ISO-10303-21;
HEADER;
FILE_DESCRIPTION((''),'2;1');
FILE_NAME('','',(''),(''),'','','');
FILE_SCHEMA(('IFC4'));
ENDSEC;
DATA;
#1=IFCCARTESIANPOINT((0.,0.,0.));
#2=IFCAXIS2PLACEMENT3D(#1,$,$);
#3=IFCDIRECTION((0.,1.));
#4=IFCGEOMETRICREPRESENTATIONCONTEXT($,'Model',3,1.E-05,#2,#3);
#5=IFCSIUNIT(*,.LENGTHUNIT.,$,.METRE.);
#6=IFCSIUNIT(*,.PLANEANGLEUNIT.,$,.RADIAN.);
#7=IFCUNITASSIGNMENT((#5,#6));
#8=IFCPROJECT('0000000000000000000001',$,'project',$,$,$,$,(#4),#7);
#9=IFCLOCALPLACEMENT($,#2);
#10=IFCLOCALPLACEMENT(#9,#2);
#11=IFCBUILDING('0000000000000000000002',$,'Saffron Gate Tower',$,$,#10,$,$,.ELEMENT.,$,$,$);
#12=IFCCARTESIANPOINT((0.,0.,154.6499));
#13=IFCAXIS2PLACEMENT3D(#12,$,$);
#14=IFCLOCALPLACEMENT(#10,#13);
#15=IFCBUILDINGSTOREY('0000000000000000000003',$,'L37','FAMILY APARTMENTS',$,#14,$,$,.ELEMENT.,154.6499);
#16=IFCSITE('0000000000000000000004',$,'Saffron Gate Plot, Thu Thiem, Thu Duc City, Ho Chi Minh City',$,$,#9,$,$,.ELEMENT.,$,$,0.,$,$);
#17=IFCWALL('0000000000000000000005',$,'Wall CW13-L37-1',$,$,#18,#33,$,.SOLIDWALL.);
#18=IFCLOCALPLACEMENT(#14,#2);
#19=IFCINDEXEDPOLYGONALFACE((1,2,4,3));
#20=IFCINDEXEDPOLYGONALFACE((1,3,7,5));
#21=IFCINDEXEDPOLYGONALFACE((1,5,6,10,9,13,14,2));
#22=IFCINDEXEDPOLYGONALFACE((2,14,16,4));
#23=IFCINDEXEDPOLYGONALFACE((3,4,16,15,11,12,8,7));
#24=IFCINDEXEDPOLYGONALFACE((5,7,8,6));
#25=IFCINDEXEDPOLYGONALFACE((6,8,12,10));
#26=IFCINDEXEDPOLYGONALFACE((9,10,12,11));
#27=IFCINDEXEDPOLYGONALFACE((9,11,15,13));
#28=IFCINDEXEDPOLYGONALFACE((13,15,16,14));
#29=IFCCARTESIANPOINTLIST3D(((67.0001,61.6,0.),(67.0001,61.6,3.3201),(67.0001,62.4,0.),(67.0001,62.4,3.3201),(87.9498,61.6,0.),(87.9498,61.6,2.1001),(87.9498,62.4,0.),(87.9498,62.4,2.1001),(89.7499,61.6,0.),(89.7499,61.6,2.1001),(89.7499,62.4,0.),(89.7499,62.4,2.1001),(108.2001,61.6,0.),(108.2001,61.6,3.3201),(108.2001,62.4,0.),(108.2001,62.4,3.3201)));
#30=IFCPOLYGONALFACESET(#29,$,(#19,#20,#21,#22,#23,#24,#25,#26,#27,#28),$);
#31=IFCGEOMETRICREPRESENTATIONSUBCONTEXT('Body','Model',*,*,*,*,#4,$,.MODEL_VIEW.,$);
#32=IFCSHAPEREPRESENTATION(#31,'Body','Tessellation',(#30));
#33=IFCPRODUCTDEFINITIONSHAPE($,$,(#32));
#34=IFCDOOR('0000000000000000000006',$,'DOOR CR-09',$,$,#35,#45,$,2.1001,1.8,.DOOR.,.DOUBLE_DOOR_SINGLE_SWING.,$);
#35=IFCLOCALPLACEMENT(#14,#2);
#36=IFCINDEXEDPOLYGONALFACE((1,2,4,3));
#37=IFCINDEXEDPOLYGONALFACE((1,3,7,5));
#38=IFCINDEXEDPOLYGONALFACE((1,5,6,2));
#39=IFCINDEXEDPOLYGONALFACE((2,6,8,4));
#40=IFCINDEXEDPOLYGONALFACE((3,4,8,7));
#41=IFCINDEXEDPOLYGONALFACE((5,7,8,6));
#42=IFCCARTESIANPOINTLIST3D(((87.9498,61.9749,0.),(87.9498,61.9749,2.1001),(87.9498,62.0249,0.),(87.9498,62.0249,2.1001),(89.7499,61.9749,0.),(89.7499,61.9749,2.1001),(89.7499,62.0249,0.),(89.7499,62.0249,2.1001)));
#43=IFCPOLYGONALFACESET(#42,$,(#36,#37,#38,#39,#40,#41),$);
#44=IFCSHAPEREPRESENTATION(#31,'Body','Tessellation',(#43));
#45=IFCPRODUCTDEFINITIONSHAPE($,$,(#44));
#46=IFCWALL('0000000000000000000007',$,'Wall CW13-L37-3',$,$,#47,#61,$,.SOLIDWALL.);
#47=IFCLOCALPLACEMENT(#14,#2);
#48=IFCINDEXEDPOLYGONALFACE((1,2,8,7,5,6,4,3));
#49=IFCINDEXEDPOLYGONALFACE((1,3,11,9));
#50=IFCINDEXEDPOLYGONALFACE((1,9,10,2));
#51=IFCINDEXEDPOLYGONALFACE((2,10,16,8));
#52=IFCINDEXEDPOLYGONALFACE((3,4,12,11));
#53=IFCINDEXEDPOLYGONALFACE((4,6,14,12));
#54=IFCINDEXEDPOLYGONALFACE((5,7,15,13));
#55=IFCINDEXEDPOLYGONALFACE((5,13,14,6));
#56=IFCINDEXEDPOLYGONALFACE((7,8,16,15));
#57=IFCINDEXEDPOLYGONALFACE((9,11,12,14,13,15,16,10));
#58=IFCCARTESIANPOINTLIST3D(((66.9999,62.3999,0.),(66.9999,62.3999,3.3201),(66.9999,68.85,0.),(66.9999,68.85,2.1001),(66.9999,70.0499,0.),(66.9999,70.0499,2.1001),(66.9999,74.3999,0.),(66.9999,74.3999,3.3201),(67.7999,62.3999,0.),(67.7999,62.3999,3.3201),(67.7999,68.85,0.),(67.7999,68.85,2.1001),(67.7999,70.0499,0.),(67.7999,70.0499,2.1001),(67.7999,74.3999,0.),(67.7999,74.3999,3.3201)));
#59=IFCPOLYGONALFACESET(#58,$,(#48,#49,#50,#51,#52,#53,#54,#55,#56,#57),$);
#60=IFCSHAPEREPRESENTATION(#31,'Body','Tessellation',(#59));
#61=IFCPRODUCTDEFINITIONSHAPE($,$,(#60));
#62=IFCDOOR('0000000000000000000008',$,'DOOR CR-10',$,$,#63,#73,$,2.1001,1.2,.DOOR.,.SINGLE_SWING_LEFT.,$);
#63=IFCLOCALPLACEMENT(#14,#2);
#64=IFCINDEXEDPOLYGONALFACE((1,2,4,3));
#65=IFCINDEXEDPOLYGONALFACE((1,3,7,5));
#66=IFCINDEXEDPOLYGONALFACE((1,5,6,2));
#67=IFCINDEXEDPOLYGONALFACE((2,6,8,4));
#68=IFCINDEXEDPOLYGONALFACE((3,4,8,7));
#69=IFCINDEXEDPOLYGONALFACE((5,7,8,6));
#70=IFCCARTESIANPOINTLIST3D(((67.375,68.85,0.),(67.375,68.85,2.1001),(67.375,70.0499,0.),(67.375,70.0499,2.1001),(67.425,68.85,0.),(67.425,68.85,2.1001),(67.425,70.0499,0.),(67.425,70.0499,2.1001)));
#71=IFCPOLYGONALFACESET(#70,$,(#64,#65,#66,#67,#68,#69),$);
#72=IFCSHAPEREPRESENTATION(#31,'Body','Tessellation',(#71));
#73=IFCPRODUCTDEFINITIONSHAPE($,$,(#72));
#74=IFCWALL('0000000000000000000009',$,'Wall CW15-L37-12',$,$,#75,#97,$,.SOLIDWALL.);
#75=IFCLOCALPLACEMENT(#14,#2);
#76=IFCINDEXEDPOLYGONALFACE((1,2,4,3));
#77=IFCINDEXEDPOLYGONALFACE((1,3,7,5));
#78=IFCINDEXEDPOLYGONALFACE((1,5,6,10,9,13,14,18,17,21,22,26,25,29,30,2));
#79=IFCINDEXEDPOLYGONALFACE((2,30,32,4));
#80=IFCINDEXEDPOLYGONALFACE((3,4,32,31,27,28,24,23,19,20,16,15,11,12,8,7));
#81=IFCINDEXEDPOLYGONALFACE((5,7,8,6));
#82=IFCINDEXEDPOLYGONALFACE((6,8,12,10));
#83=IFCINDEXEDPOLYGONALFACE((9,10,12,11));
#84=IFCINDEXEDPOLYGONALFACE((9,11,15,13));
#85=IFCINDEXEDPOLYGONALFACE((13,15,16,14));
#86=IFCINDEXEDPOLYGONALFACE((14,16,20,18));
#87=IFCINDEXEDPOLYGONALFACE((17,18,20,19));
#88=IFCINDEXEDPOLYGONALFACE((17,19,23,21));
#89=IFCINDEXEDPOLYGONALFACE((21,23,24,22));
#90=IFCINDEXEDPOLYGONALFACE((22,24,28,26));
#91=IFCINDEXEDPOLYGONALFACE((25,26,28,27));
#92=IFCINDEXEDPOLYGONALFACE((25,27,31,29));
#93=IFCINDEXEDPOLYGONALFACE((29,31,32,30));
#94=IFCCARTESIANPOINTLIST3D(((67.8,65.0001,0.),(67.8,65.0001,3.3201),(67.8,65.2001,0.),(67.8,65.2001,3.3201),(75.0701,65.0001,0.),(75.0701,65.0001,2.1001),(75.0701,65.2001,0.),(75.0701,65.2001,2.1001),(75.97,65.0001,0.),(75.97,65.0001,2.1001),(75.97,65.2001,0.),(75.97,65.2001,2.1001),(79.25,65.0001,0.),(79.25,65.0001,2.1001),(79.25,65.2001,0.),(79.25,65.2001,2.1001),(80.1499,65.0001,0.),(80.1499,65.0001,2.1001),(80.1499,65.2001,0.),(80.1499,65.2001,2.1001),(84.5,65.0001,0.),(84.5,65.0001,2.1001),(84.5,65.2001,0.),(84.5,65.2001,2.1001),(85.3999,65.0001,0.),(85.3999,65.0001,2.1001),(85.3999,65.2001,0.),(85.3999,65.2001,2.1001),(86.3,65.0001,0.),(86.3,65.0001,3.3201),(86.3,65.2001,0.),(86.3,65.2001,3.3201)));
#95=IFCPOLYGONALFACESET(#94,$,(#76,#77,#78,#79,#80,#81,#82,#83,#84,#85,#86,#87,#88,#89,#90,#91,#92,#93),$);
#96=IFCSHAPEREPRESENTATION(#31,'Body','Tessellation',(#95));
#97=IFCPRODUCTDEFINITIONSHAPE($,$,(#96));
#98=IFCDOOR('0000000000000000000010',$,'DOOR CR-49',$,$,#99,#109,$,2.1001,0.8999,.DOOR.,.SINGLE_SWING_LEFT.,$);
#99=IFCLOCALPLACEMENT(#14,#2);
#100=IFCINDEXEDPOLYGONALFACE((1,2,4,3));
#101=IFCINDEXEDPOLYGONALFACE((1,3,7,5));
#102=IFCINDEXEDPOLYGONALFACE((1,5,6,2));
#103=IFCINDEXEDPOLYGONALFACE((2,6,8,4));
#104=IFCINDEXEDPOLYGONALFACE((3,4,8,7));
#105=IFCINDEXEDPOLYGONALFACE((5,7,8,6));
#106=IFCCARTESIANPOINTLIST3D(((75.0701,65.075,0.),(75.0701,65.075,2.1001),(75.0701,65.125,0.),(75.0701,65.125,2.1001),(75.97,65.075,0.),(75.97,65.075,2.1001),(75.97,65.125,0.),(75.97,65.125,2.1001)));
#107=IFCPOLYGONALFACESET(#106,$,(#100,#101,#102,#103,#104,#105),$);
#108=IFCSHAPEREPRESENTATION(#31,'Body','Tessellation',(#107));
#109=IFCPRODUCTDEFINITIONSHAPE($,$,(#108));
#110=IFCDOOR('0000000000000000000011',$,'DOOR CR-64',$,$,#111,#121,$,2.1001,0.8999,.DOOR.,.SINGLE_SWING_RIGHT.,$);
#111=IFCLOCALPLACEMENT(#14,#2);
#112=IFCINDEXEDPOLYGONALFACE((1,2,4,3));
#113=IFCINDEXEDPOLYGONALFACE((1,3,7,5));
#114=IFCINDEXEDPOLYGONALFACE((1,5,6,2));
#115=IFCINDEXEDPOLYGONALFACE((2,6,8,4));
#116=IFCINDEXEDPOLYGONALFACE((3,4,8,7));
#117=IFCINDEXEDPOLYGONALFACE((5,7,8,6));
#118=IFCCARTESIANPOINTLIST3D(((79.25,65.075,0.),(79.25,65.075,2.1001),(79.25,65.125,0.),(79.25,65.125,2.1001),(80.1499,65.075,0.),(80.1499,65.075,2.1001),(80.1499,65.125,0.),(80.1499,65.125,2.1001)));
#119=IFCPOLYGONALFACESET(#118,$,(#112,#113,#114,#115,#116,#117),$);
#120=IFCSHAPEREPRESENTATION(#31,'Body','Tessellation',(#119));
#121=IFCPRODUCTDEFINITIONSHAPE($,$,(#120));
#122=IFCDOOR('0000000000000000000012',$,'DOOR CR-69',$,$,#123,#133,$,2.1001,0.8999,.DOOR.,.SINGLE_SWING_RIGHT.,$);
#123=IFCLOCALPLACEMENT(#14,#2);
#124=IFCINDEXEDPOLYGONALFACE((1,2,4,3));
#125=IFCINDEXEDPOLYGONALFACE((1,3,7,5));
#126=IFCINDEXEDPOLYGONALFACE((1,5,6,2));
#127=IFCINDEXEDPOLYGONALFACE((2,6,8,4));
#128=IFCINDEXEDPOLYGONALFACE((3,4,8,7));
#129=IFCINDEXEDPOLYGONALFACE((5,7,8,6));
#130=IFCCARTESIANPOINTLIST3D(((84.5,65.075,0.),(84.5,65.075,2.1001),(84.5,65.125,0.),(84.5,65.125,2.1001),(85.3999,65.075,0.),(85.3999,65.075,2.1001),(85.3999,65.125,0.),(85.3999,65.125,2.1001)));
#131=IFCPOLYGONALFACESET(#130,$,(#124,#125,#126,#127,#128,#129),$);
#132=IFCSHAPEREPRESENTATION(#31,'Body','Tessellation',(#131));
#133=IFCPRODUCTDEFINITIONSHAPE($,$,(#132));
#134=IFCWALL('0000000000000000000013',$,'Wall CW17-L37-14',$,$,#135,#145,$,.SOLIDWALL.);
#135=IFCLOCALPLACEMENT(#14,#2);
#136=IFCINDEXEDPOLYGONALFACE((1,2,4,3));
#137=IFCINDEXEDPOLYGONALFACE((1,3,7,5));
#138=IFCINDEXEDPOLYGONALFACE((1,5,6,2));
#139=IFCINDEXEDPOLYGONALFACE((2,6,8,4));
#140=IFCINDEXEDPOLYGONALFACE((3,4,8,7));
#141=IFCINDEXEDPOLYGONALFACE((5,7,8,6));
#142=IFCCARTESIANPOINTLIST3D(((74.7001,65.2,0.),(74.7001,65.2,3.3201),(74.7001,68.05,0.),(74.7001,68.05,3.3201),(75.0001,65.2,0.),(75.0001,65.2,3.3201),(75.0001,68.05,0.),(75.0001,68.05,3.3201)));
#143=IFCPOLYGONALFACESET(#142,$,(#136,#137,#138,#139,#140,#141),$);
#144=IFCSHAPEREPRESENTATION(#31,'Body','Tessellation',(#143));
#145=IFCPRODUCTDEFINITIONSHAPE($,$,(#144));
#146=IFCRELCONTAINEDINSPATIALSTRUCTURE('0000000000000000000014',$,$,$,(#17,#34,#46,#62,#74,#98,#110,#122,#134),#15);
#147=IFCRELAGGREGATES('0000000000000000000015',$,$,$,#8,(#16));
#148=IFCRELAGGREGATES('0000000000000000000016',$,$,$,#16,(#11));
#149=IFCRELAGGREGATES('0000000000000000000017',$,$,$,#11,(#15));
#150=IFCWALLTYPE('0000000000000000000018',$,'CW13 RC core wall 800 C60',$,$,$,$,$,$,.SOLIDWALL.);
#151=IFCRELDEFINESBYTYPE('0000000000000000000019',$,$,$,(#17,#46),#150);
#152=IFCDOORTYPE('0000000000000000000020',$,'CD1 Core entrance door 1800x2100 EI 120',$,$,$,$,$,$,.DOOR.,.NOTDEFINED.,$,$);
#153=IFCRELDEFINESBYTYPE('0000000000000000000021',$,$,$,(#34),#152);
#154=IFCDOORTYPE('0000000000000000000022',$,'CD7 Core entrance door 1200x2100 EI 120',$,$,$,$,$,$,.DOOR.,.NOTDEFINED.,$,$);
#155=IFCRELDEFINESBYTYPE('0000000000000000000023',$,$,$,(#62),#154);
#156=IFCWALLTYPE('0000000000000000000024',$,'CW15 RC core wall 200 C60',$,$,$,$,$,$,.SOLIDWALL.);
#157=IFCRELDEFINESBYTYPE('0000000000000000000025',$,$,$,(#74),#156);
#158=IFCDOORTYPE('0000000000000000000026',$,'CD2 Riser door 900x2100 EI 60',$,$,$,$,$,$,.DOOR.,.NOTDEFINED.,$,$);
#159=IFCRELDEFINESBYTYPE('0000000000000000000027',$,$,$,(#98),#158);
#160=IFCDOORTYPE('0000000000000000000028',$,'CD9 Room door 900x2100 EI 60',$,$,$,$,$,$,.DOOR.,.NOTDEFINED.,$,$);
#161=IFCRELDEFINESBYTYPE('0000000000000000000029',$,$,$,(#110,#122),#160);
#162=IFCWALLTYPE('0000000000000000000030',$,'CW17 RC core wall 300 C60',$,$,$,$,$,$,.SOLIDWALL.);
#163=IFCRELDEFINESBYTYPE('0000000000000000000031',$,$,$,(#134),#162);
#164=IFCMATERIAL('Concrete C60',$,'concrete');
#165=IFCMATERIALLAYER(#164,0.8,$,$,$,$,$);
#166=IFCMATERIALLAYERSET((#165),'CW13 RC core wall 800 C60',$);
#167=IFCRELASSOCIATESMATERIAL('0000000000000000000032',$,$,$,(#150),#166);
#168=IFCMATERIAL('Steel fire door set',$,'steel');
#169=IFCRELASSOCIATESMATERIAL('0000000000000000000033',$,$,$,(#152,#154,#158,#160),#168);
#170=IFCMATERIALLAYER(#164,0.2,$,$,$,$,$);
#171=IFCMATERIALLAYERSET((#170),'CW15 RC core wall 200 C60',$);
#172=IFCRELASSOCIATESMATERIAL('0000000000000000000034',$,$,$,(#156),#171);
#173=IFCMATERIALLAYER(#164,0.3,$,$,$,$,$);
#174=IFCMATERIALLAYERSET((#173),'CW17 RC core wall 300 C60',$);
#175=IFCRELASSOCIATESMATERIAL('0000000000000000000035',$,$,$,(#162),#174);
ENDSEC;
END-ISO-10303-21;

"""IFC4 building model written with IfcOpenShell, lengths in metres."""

from ifc_helpers import new_model, si_unit, direction, frame, frame_2d, origin, place, context, subcontext, project, spatial, rectangle, extrude, material, layer, layer_set, type_object, element, fill, save


model = new_model("IFC4")

# Units and contexts
model_context = context("Model", 3, precision=1e-05, world=origin(), true_north=direction((0.0, 1.0)))
body_context = subcontext(model_context, "Body", "Model", "MODEL_VIEW")
ifc_project = project(units=[si_unit("LENGTHUNIT", "METRE"), si_unit("PLANEANGLEUNIT", "RADIAN")], contexts=[model_context])

# Site, building, storey
site_placement = place(None, origin())
site = spatial("IfcSite", under=ifc_project, at=site_placement, Name="Saffron Gate Plot, Thu Thiem, Thu Duc City, Ho Chi Minh City", CompositionType="ELEMENT", RefElevation=0.0)
building_placement = place(site_placement, origin())
building = spatial("IfcBuilding", under=site, at=building_placement, Name="Saffron Gate Tower", CompositionType="ELEMENT")
storey_placement = place(building_placement, frame((0.0, 0.0, 154.6499)))
storey = spatial("IfcBuildingStorey", under=building, at=storey_placement, Name="L37", Description="FAMILY APARTMENTS", CompositionType="ELEMENT", Elevation=154.6499)

# Walls, openings, doors
ifc_material_1 = material(Name="Concrete C60", Category="concrete")
ifc_layer_1 = layer(ifc_material_1, 0.8)
ifc_layer_set_1 = layer_set([ifc_layer_1], Name="CW13 RC core wall 800 C60")
wall_type_1 = type_object("IfcWallType", Name="CW13 RC core wall 800 C60", PredefinedType="SOLIDWALL", material=ifc_layer_set_1)
wall_1_placement = place(storey_placement, frame((67.0, 62.0, 0.0), z_axis=(0.0, 0.0, 1.0), x_axis=(1.0, 0.0, 0.0)))
wall_1 = element("IfcWall", 1, at=wall_1_placement, inside=storey, type_object=wall_type_1, Name="Wall CW13-L37-1", PredefinedType="SOLIDWALL", context=body_context, shape_type="SweptSolid", body=[
    extrude(rectangle(XDim=41.2, YDim=0.8, at=frame_2d((20.6001, 0.0))), origin(), (0.0, 0.0, 1.0), 3.3201),
])
opening_1_placement = place(wall_1_placement, frame((20.95, 0.0, 0.0)))
opening_1 = element("IfcOpeningElement", 2, at=opening_1_placement, cuts=wall_1, PredefinedType="OPENING", context=body_context, shape_type="SweptSolid", body=[
    extrude(rectangle(XDim=1.8, YDim=2.1001, at=frame_2d((0.8999, 1.05))), frame((0.0, 0.4102, 0.0), z_axis=(0.0, -1.0, 0.0), x_axis=(1.0, 0.0, 0.0)), (0.0, 0.0, 1.0), 0.8201),
])
ifc_material_2 = material(Name="Steel fire door set", Category="steel")
door_type_1 = type_object("IfcDoorType", Name="CD1 Core entrance door 1800x2100 EI 120", OperationType="NOTDEFINED", PredefinedType="DOOR", material=ifc_material_2)
door_1_placement = place(opening_1_placement, origin())
door_1 = element("IfcDoor", 3, at=door_1_placement, inside=storey, type_object=door_type_1, Name="DOOR CR-09", OperationType="DOUBLE_DOOR_SINGLE_SWING", OverallHeight=2.1001, OverallWidth=1.8, PredefinedType="DOOR", context=body_context, shape_type="SweptSolid", body=[
    extrude(rectangle(XDim=1.8, YDim=2.1001, at=frame_2d((0.8999, 1.05))), frame((0.0, 0.0249, 0.0), z_axis=(0.0, -1.0, 0.0), x_axis=(1.0, 0.0, 0.0)), (0.0, 0.0, 1.0), 0.05),
])
fill(opening_1, door_1)
wall_2_placement = place(storey_placement, frame((67.3999, 62.3999, 0.0), z_axis=(0.0, 0.0, 1.0), x_axis=(0.0, 1.0, 0.0)))
wall_2 = element("IfcWall", 4, at=wall_2_placement, inside=storey, type_object=wall_type_1, Name="Wall CW13-L37-3", PredefinedType="SOLIDWALL", context=body_context, shape_type="SweptSolid", body=[
    extrude(rectangle(XDim=12.0, YDim=0.8, at=frame_2d((6.0, 0.0))), origin(), (0.0, 0.0, 1.0), 3.3201),
])
opening_2_placement = place(wall_2_placement, frame((6.45, 0.0, 0.0)))
opening_2 = element("IfcOpeningElement", 5, at=opening_2_placement, cuts=wall_2, PredefinedType="OPENING", context=body_context, shape_type="SweptSolid", body=[
    extrude(rectangle(XDim=1.2, YDim=2.1001, at=frame_2d((0.6001, 1.05))), frame((0.0, 0.4102, 0.0), z_axis=(0.0, -1.0, 0.0), x_axis=(1.0, 0.0, 0.0)), (0.0, 0.0, 1.0), 0.8201),
])
door_type_2 = type_object("IfcDoorType", Name="CD7 Core entrance door 1200x2100 EI 120", OperationType="NOTDEFINED", PredefinedType="DOOR", material=ifc_material_2)
door_2_placement = place(opening_2_placement, origin())
door_2 = element("IfcDoor", 6, at=door_2_placement, inside=storey, type_object=door_type_2, Name="DOOR CR-10", OperationType="SINGLE_SWING_LEFT", OverallHeight=2.1001, OverallWidth=1.2, PredefinedType="DOOR", context=body_context, shape_type="SweptSolid", body=[
    extrude(rectangle(XDim=1.2, YDim=2.1001, at=frame_2d((0.6001, 1.05))), frame((0.0, 0.0249, 0.0), z_axis=(0.0, -1.0, 0.0), x_axis=(1.0, 0.0, 0.0)), (0.0, 0.0, 1.0), 0.05),
])
fill(opening_2, door_2)

# Wall, openings, doors
ifc_layer_2 = layer(ifc_material_1, 0.2)
ifc_layer_set_2 = layer_set([ifc_layer_2], Name="CW15 RC core wall 200 C60")
wall_type_2 = type_object("IfcWallType", Name="CW15 RC core wall 200 C60", PredefinedType="SOLIDWALL", material=ifc_layer_set_2)
wall_3_placement = place(storey_placement, frame((67.8, 65.1001, 0.0), z_axis=(0.0, 0.0, 1.0), x_axis=(1.0, 0.0, 0.0)))
wall_3 = element("IfcWall", 7, at=wall_3_placement, inside=storey, type_object=wall_type_2, Name="Wall CW15-L37-12", PredefinedType="SOLIDWALL", context=body_context, shape_type="SweptSolid", body=[
    extrude(rectangle(XDim=18.5, YDim=0.2, at=frame_2d((9.25, 0.0))), origin(), (0.0, 0.0, 1.0), 3.3201),
])
opening_3_placement = place(wall_3_placement, frame((7.27, 0.0, 0.0)))
opening_3 = element("IfcOpeningElement", 8, at=opening_3_placement, cuts=wall_3, PredefinedType="OPENING", context=body_context, shape_type="SweptSolid", body=[
    extrude(rectangle(XDim=0.8999, YDim=2.1001, at=frame_2d((0.45, 1.05))), frame((0.0, 0.1099, 0.0), z_axis=(0.0, -1.0, 0.0), x_axis=(1.0, 0.0, 0.0)), (0.0, 0.0, 1.0), 0.22),
])
opening_4_placement = place(wall_3_placement, frame((11.45, 0.0, 0.0)))
opening_4 = element("IfcOpeningElement", 9, at=opening_4_placement, cuts=wall_3, PredefinedType="OPENING", context=body_context, shape_type="SweptSolid", body=[
    extrude(rectangle(XDim=0.8999, YDim=2.1001, at=frame_2d((0.45, 1.05))), frame((0.0, 0.1099, 0.0), z_axis=(0.0, -1.0, 0.0), x_axis=(1.0, 0.0, 0.0)), (0.0, 0.0, 1.0), 0.22),
])
opening_5_placement = place(wall_3_placement, frame((16.7, 0.0, 0.0)))
opening_5 = element("IfcOpeningElement", 10, at=opening_5_placement, cuts=wall_3, PredefinedType="OPENING", context=body_context, shape_type="SweptSolid", body=[
    extrude(rectangle(XDim=0.8999, YDim=2.1001, at=frame_2d((0.45, 1.05))), frame((0.0, 0.1099, 0.0), z_axis=(0.0, -1.0, 0.0), x_axis=(1.0, 0.0, 0.0)), (0.0, 0.0, 1.0), 0.22),
])
door_type_3 = type_object("IfcDoorType", Name="CD2 Riser door 900x2100 EI 60", OperationType="NOTDEFINED", PredefinedType="DOOR", material=ifc_material_2)
door_3_placement = place(opening_3_placement, origin())
door_3 = element("IfcDoor", 11, at=door_3_placement, inside=storey, type_object=door_type_3, Name="DOOR CR-49", OperationType="SINGLE_SWING_LEFT", OverallHeight=2.1001, OverallWidth=0.8999, PredefinedType="DOOR", context=body_context, shape_type="SweptSolid", body=[
    extrude(rectangle(XDim=0.8999, YDim=2.1001, at=frame_2d((0.45, 1.05))), frame((0.0, 0.0249, 0.0), z_axis=(0.0, -1.0, 0.0), x_axis=(1.0, 0.0, 0.0)), (0.0, 0.0, 1.0), 0.05),
])
fill(opening_3, door_3)
door_type_4 = type_object("IfcDoorType", Name="CD9 Room door 900x2100 EI 60", OperationType="NOTDEFINED", PredefinedType="DOOR", material=ifc_material_2)
door_4_placement = place(opening_4_placement, origin())
door_4 = element("IfcDoor", 12, at=door_4_placement, inside=storey, type_object=door_type_4, Name="DOOR CR-64", OperationType="SINGLE_SWING_RIGHT", OverallHeight=2.1001, OverallWidth=0.8999, PredefinedType="DOOR", context=body_context, shape_type="SweptSolid", body=[
    extrude(rectangle(XDim=0.8999, YDim=2.1001, at=frame_2d((0.45, 1.05))), frame((0.0, 0.0249, 0.0), z_axis=(0.0, -1.0, 0.0), x_axis=(1.0, 0.0, 0.0)), (0.0, 0.0, 1.0), 0.05),
])
fill(opening_4, door_4)
door_5_placement = place(opening_5_placement, origin())
door_5 = element("IfcDoor", 13, at=door_5_placement, inside=storey, type_object=door_type_4, Name="DOOR CR-69", OperationType="SINGLE_SWING_RIGHT", OverallHeight=2.1001, OverallWidth=0.8999, PredefinedType="DOOR", context=body_context, shape_type="SweptSolid", body=[
    extrude(rectangle(XDim=0.8999, YDim=2.1001, at=frame_2d((0.45, 1.05))), frame((0.0, 0.0249, 0.0), z_axis=(0.0, -1.0, 0.0), x_axis=(1.0, 0.0, 0.0)), (0.0, 0.0, 1.0), 0.05),
])
fill(opening_5, door_5)

# Wall
ifc_layer_3 = layer(ifc_material_1, 0.3)
ifc_layer_set_3 = layer_set([ifc_layer_3], Name="CW17 RC core wall 300 C60")
wall_type_3 = type_object("IfcWallType", Name="CW17 RC core wall 300 C60", PredefinedType="SOLIDWALL", material=ifc_layer_set_3)
wall_4_placement = place(storey_placement, frame((74.8501, 65.2, 0.0), z_axis=(0.0, 0.0, 1.0), x_axis=(0.0, 1.0, 0.0)))
element("IfcWall", 14, at=wall_4_placement, inside=storey, type_object=wall_type_3, Name="Wall CW17-L37-14", PredefinedType="SOLIDWALL", context=body_context, shape_type="SweptSolid", body=[
    extrude(rectangle(XDim=2.8501, YDim=0.3, at=frame_2d((1.425, 0.0))), origin(), (0.0, 0.0, 1.0), 3.3201),
])

save(model, "model.ifc")
